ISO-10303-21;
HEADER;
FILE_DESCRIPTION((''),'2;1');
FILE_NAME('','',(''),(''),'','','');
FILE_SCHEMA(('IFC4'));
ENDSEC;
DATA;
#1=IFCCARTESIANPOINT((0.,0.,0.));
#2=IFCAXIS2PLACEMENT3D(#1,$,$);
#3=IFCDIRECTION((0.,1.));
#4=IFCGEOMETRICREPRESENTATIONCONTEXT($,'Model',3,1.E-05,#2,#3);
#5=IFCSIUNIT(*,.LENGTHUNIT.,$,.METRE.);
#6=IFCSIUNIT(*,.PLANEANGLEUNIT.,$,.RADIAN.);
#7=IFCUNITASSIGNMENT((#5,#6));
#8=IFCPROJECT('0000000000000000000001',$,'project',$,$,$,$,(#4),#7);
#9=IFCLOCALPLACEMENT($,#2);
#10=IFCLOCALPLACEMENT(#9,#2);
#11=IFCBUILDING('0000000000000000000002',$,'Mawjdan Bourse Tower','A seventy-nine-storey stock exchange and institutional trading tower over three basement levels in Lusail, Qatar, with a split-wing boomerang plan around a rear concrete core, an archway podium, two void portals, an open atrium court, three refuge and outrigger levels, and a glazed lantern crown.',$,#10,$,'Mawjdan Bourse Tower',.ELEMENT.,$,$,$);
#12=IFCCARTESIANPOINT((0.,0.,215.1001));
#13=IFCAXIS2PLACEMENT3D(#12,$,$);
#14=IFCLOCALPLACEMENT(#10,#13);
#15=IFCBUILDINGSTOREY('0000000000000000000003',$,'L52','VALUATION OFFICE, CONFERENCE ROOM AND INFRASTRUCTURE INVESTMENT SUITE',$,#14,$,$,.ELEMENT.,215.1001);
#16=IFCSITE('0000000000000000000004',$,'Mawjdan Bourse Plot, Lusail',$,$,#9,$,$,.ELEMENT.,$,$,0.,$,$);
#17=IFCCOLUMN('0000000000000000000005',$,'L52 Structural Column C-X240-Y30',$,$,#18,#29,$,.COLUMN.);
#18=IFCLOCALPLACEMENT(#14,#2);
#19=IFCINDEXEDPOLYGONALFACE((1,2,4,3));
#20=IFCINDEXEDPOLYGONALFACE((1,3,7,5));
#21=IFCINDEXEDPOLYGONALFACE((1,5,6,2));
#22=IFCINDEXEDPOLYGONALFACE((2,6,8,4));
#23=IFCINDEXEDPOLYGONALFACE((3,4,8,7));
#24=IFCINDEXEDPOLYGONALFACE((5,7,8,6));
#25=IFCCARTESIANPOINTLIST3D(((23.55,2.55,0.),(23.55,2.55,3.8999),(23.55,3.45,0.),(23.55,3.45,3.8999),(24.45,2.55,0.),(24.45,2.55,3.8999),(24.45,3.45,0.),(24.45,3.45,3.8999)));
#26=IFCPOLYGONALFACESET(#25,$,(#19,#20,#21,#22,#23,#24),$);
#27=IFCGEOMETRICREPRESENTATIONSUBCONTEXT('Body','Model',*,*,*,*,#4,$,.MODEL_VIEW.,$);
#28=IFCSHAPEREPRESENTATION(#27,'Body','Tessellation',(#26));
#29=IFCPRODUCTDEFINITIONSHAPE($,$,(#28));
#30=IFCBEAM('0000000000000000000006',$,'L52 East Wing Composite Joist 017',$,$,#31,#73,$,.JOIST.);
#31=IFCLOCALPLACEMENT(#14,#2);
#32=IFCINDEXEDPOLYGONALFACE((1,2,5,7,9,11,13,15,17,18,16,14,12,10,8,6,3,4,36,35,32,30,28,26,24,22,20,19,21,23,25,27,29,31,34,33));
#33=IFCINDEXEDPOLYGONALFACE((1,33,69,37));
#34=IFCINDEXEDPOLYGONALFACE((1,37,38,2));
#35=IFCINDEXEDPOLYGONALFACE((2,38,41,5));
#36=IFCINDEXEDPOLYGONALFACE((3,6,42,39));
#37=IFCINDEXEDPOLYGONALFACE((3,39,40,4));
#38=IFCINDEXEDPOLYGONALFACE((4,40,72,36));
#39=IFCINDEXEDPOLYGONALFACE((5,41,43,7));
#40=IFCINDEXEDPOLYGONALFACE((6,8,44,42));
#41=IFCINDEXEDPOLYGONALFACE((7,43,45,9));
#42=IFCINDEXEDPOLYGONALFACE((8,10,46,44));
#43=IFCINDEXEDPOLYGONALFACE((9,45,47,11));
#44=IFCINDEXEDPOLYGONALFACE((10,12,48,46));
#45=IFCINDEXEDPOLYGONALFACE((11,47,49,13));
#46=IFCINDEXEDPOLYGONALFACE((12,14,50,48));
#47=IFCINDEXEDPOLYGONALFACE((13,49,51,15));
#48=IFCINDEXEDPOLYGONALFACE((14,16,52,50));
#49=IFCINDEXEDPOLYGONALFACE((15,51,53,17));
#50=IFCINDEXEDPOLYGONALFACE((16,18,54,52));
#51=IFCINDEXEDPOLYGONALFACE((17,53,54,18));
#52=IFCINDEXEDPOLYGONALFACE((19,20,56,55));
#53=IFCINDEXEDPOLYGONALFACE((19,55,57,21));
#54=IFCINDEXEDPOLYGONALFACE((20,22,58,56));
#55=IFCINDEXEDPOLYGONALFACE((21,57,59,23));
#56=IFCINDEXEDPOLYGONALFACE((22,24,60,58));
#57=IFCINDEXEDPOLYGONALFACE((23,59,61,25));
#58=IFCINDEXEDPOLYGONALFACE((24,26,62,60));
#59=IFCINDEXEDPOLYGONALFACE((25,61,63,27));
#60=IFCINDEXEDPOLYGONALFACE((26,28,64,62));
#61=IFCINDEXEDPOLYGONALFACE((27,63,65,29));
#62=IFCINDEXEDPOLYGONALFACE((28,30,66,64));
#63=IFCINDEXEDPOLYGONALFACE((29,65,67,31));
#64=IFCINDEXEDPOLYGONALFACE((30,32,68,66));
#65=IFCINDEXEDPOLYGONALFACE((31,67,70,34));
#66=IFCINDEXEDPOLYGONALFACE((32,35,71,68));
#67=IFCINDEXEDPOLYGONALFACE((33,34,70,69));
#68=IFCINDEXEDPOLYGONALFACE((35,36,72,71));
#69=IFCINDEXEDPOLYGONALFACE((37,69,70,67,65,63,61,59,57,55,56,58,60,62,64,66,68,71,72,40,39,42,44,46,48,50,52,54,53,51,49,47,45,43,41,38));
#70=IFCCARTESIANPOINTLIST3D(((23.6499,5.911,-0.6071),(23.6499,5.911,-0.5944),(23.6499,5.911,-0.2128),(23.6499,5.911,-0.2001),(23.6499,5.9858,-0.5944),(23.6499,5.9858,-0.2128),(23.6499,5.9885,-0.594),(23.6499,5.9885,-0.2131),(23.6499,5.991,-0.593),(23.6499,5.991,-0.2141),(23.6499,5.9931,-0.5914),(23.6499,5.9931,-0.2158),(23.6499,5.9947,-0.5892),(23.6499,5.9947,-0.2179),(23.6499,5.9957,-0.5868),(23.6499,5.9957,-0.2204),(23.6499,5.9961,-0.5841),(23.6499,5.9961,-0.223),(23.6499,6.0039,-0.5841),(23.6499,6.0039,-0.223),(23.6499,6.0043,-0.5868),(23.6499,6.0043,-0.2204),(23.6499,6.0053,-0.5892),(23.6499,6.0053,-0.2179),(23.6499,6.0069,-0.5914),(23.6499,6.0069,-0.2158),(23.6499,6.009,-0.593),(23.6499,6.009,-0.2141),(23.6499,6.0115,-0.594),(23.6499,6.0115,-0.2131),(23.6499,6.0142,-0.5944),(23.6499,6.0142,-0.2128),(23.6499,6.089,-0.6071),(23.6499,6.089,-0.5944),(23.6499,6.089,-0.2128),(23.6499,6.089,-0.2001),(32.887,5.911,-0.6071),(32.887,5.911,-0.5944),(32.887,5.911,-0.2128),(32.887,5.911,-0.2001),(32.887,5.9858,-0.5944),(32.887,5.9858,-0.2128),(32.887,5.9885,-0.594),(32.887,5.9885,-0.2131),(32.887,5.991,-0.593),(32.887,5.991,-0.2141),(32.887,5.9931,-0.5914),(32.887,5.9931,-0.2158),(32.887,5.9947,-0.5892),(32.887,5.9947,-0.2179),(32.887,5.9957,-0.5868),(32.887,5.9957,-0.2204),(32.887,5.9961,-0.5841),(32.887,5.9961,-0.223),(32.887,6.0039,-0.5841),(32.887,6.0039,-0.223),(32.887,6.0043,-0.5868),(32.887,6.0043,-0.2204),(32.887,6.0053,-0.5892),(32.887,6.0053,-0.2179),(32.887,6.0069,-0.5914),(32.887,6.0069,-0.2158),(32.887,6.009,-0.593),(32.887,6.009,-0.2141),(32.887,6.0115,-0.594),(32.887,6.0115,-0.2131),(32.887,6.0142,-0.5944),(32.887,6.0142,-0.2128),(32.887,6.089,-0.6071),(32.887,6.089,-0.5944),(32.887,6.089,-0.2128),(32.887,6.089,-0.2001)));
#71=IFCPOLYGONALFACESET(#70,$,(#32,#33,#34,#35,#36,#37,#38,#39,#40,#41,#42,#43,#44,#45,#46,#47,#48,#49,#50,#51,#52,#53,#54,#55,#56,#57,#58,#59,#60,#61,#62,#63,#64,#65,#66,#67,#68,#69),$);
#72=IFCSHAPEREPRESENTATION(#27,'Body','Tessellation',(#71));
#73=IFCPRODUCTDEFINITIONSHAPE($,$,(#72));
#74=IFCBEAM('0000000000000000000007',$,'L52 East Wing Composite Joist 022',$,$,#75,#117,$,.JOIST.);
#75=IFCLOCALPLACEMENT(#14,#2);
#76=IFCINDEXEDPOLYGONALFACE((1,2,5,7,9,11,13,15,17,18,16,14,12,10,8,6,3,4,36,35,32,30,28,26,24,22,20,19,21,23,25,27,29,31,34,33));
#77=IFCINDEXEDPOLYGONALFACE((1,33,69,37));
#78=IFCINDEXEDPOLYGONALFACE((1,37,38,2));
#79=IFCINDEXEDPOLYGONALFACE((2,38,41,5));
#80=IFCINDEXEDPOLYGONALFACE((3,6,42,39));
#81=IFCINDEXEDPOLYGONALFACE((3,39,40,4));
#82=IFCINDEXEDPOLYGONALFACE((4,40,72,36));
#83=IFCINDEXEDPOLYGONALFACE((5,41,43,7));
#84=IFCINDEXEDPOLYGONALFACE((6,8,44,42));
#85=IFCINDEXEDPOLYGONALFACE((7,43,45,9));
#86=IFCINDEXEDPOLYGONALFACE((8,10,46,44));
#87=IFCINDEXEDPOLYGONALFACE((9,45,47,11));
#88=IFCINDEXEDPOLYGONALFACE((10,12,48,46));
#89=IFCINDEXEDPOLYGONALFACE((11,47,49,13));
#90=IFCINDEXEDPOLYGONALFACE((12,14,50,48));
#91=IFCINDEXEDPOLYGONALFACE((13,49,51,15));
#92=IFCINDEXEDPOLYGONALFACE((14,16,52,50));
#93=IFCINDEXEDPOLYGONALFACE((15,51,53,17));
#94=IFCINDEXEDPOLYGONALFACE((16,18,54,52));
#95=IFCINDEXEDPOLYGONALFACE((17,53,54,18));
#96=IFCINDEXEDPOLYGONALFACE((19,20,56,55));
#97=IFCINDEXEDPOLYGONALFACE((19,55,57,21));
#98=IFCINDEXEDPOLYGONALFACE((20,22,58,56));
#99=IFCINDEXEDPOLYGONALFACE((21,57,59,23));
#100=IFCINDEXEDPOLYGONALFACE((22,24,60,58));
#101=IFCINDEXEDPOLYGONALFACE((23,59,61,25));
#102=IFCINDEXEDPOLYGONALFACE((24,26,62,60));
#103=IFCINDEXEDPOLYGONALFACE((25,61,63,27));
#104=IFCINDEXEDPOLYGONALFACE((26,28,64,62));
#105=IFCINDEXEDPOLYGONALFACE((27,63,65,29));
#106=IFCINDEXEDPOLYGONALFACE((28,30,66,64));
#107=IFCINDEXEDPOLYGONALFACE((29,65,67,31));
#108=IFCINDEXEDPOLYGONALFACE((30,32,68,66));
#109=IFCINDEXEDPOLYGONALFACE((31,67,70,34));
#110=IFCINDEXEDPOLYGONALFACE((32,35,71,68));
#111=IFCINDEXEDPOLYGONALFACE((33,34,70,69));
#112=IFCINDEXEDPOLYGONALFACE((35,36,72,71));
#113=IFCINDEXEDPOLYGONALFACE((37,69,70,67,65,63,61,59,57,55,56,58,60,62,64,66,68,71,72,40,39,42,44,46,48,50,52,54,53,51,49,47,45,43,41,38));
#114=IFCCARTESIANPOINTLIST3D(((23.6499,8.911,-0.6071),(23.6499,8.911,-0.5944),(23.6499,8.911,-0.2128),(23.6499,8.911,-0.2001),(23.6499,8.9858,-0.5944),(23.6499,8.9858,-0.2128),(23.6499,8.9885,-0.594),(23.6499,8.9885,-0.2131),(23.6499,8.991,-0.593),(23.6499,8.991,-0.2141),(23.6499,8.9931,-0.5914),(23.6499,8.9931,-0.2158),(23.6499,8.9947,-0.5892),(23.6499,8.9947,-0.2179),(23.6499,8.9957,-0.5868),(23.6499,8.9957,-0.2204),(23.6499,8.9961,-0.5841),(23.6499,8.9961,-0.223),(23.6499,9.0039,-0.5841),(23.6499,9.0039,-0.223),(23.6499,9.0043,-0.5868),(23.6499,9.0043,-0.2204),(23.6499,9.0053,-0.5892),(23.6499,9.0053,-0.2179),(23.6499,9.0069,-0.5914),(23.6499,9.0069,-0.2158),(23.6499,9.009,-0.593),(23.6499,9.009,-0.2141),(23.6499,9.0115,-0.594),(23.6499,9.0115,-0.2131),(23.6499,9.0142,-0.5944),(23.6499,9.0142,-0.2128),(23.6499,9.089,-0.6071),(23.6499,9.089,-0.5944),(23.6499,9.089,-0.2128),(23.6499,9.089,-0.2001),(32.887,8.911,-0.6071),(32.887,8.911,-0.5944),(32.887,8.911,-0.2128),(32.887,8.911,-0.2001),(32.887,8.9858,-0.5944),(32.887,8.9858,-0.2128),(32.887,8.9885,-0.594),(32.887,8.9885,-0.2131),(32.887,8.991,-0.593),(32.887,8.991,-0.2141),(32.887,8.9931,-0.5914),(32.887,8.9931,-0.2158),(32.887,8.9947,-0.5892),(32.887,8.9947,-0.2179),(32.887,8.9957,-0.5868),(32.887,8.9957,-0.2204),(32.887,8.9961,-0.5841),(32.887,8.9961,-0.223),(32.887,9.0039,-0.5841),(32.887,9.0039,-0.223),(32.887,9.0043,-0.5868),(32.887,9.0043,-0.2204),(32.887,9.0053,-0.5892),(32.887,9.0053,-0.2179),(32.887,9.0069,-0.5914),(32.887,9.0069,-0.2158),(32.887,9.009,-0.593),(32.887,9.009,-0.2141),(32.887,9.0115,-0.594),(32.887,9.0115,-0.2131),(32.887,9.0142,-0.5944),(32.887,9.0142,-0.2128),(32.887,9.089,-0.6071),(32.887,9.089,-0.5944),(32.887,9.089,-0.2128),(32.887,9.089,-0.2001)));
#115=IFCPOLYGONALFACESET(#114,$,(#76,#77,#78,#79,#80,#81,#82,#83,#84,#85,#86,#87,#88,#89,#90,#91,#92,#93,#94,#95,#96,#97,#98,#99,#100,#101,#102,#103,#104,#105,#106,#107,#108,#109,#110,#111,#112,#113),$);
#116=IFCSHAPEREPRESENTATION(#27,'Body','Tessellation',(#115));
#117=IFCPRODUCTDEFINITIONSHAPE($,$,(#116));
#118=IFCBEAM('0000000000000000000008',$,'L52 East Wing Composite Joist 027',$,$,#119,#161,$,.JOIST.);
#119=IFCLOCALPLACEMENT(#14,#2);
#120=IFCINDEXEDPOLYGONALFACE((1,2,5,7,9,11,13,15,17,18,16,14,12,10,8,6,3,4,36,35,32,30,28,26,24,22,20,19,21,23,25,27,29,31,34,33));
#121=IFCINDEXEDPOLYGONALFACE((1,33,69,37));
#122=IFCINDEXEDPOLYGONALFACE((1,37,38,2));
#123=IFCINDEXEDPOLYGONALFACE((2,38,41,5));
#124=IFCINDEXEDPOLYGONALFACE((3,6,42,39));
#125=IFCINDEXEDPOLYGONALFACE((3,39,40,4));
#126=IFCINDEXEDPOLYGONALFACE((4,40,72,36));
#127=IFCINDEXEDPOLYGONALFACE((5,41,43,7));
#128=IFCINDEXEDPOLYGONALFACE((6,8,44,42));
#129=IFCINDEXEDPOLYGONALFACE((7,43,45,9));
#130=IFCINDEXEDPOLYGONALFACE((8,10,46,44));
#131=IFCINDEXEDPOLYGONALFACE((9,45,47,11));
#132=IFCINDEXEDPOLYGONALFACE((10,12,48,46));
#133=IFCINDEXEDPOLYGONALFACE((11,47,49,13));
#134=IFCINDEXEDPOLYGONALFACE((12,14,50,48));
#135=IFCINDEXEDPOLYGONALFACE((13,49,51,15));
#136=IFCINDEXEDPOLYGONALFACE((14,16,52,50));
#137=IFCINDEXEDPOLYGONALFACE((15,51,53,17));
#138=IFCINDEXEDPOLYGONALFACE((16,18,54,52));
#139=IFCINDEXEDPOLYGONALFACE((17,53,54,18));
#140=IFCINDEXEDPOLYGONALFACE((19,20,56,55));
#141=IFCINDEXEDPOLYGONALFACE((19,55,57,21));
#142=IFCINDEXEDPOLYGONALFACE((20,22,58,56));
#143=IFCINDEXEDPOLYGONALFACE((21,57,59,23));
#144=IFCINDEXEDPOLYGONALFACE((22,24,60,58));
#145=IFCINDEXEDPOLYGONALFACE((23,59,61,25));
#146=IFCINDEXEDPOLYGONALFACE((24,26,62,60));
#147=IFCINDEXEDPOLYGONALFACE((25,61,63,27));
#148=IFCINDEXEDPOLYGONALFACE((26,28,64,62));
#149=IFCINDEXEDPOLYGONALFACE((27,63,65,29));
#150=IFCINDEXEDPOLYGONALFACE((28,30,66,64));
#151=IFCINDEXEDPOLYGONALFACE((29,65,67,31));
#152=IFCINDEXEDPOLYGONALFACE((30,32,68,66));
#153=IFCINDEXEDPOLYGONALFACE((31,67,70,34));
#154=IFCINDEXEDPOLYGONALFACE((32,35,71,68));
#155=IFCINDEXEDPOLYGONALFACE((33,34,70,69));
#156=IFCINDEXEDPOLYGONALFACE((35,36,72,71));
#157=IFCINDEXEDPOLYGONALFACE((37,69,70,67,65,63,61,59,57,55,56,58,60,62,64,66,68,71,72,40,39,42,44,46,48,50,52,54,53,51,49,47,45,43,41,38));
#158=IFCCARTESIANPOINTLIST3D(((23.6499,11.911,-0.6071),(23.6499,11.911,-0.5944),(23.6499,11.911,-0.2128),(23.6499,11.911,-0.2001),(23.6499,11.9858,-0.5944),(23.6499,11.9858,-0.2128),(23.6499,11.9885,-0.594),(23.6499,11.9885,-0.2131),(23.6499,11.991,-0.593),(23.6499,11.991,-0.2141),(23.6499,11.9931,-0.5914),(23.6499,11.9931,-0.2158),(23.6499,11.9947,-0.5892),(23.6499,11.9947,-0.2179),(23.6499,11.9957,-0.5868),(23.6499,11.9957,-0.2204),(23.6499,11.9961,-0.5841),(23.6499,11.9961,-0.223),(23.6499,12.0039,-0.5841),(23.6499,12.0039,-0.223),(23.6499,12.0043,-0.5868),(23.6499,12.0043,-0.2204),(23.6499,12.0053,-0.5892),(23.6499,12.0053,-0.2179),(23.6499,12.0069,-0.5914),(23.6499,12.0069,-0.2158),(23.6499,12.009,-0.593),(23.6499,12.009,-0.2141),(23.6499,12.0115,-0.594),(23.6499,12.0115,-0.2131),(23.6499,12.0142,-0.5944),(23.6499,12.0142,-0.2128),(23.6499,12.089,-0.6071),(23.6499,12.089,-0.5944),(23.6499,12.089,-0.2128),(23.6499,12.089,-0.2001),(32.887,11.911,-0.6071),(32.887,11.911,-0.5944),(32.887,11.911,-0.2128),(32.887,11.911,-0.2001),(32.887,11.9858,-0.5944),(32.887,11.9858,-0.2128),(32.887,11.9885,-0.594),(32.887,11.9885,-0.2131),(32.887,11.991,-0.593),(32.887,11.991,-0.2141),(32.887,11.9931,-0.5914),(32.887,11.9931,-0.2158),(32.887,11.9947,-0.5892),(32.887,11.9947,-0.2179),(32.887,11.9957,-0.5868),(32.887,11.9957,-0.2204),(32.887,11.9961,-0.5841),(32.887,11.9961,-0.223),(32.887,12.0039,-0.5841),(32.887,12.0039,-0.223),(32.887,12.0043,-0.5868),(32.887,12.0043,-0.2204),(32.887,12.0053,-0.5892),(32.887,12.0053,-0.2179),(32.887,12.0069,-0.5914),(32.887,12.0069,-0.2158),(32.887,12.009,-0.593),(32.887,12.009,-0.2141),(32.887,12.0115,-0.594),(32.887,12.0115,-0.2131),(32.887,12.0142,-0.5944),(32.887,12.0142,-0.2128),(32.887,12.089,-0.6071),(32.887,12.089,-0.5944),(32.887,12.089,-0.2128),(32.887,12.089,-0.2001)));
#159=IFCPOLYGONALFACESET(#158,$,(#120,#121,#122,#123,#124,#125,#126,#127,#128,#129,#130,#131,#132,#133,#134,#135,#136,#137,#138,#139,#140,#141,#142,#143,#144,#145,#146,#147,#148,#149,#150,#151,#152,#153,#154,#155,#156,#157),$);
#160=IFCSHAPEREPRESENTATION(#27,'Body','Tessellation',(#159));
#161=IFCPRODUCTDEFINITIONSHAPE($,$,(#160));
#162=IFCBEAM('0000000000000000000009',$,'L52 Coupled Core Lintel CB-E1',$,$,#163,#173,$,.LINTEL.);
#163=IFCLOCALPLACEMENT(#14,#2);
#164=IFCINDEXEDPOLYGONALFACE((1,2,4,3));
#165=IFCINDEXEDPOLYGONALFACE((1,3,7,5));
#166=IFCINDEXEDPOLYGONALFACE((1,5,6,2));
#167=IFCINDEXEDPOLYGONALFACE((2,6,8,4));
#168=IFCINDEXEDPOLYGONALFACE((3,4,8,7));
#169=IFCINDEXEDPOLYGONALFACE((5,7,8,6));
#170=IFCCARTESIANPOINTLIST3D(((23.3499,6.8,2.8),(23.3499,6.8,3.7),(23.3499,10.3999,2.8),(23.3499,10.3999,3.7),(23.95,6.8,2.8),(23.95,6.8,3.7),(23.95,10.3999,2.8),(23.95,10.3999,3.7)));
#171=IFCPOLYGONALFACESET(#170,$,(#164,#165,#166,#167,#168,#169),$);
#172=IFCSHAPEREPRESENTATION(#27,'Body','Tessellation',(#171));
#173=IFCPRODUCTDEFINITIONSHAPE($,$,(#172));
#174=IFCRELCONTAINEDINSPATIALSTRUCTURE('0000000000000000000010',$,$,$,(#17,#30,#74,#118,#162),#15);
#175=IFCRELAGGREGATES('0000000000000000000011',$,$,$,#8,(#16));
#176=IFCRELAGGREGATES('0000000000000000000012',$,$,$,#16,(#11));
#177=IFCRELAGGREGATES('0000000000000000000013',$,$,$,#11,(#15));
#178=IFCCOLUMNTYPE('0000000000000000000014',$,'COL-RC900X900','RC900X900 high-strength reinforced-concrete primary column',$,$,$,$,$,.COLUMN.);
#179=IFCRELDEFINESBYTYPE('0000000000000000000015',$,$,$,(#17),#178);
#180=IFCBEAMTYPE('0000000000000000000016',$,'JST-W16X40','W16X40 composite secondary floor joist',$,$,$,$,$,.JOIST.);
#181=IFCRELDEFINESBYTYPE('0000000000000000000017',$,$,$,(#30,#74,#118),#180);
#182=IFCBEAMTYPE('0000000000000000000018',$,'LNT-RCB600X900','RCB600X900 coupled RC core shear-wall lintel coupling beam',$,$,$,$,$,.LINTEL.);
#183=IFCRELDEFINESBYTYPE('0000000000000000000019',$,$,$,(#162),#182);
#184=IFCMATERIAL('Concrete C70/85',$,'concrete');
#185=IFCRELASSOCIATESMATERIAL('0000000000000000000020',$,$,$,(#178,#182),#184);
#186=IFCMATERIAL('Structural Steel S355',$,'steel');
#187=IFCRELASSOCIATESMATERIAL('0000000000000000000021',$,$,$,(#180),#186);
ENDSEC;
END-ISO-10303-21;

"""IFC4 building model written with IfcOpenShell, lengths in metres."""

from ifc_helpers import new_model, si_unit, direction, frame, origin, origin_2d, place, context, subcontext, project, spatial, rectangle, i_section, extrude, material, material_profile, profile_set, type_object, element, save


model = new_model("IFC4")

# Units and contexts
model_context = context("Model", 3, precision=1e-05, world=origin(), true_north=direction((0.0, 1.0)))
body_context = subcontext(model_context, "Body", "Model", "MODEL_VIEW")
ifc_project = project(units=[si_unit("LENGTHUNIT", "METRE"), si_unit("PLANEANGLEUNIT", "RADIAN")], contexts=[model_context])

# Site, building, storey
site_placement = place(None, origin())
site = spatial("IfcSite", under=ifc_project, at=site_placement, Name="Mawjdan Bourse Plot, Lusail", CompositionType="ELEMENT", RefElevation=0.0)
building_placement = place(site_placement, origin())
building = spatial("IfcBuilding", under=site, at=building_placement, Name="Mawjdan Bourse Tower", Description="A seventy-nine-storey stock exchange and institutional trading tower over three basement levels in Lusail, Qatar, with a split-wing boomerang plan around a rear concrete core, an archway podium, two void portals, an open atrium court, three refuge and outrigger levels, and a glazed lantern crown.", LongName="Mawjdan Bourse Tower", CompositionType="ELEMENT")
storey_placement = place(building_placement, frame((0.0, 0.0, 215.1001)))
storey = spatial("IfcBuildingStorey", under=building, at=storey_placement, Name="L52", Description="VALUATION OFFICE, CONFERENCE ROOM AND INFRASTRUCTURE INVESTMENT SUITE", CompositionType="ELEMENT", Elevation=215.1001)

# Column
ifc_material_1 = material(Name="Concrete C70/85", Category="concrete")
ifc_material_profile_1 = material_profile(ifc_material_1, rectangle(XDim=0.8999, YDim=0.8999, at=origin_2d()), Name="RC900X900")
ifc_profile_set_1 = profile_set([ifc_material_profile_1], Name="Concrete C70/85")
column_type = type_object("IfcColumnType", Name="COL-RC900X900", Description="RC900X900 high-strength reinforced-concrete primary column", PredefinedType="COLUMN", material=ifc_profile_set_1)
column_placement = place(storey_placement, frame((24.0, 3.0, 0.0), z_axis=(0.0, 0.0, 1.0), x_axis=(1.0, 0.0, 0.0)))
element("IfcColumn", 1, at=column_placement, inside=storey, type_object=column_type, Name="L52 Structural Column C-X240-Y30", PredefinedType="COLUMN", context=body_context, shape_type="SweptSolid", body=[
    extrude(rectangle(XDim=0.8999, YDim=0.8999, at=origin_2d()), origin(), (0.0, 0.0, 1.0), 3.8999),
])

# Beams
ifc_material_2 = material(Name="Structural Steel S355", Category="steel")
ifc_material_profile_2 = material_profile(ifc_material_2, i_section(OverallWidth=0.178, OverallDepth=0.407, WebThickness=0.0078, FlangeThickness=0.0127, FilletRadius=0.0103, at=origin_2d()), Name="W16X40")
ifc_profile_set_2 = profile_set([ifc_material_profile_2], Name="Structural Steel S355")
beam_type_1 = type_object("IfcBeamType", Name="JST-W16X40", Description="W16X40 composite secondary floor joist", PredefinedType="JOIST", material=ifc_profile_set_2)
for number, where, z_axis, x_axis, name in (
    (2, (23.6499, 6.0, -0.4036), (1.0, 0.0, 0.0), (0.0, 1.0, 0.0), "L52 East Wing Composite Joist 017"),
    (3, (23.6499, 9.0, -0.4036), (1.0, 0.0, 0.0), (0.0, 1.0, 0.0), "L52 East Wing Composite Joist 022"),
    (4, (23.6499, 12.0, -0.4036), (1.0, 0.0, 0.0), (0.0, 1.0, 0.0), "L52 East Wing Composite Joist 027"),
):
    element("IfcBeam", number, at=place(storey_placement, frame(where, z_axis=z_axis, x_axis=x_axis)), inside=storey, type_object=beam_type_1, Name=name, PredefinedType="JOIST", context=body_context, shape_type="SweptSolid", body=[
        extrude(i_section(OverallWidth=0.178, OverallDepth=0.407, WebThickness=0.0078, FlangeThickness=0.0127, FilletRadius=0.0103, at=origin_2d()), origin(), (0.0, 0.0, 1.0), 9.2371),
    ])
ifc_material_profile_3 = material_profile(ifc_material_1, rectangle(XDim=0.6001, YDim=0.8999, at=origin_2d()), Name="RCB600X900")
ifc_profile_set_3 = profile_set([ifc_material_profile_3], Name="Concrete C70/85")
beam_type_2 = type_object("IfcBeamType", Name="LNT-RCB600X900", Description="RCB600X900 coupled RC core shear-wall lintel coupling beam", PredefinedType="LINTEL", material=ifc_profile_set_3)
beam_1_placement = place(storey_placement, frame((23.6499, 6.8, 3.25), z_axis=(0.0, 1.0, 0.0), x_axis=(-1.0, 0.0, 0.0)))
element("IfcBeam", 5, at=beam_1_placement, inside=storey, type_object=beam_type_2, Name="L52 Coupled Core Lintel CB-E1", PredefinedType="LINTEL", context=body_context, shape_type="SweptSolid", body=[
    extrude(rectangle(XDim=0.6001, YDim=0.8999, at=origin_2d()), origin(), (0.0, 0.0, 1.0), 3.5999),
])

save(model, "model.ifc")
